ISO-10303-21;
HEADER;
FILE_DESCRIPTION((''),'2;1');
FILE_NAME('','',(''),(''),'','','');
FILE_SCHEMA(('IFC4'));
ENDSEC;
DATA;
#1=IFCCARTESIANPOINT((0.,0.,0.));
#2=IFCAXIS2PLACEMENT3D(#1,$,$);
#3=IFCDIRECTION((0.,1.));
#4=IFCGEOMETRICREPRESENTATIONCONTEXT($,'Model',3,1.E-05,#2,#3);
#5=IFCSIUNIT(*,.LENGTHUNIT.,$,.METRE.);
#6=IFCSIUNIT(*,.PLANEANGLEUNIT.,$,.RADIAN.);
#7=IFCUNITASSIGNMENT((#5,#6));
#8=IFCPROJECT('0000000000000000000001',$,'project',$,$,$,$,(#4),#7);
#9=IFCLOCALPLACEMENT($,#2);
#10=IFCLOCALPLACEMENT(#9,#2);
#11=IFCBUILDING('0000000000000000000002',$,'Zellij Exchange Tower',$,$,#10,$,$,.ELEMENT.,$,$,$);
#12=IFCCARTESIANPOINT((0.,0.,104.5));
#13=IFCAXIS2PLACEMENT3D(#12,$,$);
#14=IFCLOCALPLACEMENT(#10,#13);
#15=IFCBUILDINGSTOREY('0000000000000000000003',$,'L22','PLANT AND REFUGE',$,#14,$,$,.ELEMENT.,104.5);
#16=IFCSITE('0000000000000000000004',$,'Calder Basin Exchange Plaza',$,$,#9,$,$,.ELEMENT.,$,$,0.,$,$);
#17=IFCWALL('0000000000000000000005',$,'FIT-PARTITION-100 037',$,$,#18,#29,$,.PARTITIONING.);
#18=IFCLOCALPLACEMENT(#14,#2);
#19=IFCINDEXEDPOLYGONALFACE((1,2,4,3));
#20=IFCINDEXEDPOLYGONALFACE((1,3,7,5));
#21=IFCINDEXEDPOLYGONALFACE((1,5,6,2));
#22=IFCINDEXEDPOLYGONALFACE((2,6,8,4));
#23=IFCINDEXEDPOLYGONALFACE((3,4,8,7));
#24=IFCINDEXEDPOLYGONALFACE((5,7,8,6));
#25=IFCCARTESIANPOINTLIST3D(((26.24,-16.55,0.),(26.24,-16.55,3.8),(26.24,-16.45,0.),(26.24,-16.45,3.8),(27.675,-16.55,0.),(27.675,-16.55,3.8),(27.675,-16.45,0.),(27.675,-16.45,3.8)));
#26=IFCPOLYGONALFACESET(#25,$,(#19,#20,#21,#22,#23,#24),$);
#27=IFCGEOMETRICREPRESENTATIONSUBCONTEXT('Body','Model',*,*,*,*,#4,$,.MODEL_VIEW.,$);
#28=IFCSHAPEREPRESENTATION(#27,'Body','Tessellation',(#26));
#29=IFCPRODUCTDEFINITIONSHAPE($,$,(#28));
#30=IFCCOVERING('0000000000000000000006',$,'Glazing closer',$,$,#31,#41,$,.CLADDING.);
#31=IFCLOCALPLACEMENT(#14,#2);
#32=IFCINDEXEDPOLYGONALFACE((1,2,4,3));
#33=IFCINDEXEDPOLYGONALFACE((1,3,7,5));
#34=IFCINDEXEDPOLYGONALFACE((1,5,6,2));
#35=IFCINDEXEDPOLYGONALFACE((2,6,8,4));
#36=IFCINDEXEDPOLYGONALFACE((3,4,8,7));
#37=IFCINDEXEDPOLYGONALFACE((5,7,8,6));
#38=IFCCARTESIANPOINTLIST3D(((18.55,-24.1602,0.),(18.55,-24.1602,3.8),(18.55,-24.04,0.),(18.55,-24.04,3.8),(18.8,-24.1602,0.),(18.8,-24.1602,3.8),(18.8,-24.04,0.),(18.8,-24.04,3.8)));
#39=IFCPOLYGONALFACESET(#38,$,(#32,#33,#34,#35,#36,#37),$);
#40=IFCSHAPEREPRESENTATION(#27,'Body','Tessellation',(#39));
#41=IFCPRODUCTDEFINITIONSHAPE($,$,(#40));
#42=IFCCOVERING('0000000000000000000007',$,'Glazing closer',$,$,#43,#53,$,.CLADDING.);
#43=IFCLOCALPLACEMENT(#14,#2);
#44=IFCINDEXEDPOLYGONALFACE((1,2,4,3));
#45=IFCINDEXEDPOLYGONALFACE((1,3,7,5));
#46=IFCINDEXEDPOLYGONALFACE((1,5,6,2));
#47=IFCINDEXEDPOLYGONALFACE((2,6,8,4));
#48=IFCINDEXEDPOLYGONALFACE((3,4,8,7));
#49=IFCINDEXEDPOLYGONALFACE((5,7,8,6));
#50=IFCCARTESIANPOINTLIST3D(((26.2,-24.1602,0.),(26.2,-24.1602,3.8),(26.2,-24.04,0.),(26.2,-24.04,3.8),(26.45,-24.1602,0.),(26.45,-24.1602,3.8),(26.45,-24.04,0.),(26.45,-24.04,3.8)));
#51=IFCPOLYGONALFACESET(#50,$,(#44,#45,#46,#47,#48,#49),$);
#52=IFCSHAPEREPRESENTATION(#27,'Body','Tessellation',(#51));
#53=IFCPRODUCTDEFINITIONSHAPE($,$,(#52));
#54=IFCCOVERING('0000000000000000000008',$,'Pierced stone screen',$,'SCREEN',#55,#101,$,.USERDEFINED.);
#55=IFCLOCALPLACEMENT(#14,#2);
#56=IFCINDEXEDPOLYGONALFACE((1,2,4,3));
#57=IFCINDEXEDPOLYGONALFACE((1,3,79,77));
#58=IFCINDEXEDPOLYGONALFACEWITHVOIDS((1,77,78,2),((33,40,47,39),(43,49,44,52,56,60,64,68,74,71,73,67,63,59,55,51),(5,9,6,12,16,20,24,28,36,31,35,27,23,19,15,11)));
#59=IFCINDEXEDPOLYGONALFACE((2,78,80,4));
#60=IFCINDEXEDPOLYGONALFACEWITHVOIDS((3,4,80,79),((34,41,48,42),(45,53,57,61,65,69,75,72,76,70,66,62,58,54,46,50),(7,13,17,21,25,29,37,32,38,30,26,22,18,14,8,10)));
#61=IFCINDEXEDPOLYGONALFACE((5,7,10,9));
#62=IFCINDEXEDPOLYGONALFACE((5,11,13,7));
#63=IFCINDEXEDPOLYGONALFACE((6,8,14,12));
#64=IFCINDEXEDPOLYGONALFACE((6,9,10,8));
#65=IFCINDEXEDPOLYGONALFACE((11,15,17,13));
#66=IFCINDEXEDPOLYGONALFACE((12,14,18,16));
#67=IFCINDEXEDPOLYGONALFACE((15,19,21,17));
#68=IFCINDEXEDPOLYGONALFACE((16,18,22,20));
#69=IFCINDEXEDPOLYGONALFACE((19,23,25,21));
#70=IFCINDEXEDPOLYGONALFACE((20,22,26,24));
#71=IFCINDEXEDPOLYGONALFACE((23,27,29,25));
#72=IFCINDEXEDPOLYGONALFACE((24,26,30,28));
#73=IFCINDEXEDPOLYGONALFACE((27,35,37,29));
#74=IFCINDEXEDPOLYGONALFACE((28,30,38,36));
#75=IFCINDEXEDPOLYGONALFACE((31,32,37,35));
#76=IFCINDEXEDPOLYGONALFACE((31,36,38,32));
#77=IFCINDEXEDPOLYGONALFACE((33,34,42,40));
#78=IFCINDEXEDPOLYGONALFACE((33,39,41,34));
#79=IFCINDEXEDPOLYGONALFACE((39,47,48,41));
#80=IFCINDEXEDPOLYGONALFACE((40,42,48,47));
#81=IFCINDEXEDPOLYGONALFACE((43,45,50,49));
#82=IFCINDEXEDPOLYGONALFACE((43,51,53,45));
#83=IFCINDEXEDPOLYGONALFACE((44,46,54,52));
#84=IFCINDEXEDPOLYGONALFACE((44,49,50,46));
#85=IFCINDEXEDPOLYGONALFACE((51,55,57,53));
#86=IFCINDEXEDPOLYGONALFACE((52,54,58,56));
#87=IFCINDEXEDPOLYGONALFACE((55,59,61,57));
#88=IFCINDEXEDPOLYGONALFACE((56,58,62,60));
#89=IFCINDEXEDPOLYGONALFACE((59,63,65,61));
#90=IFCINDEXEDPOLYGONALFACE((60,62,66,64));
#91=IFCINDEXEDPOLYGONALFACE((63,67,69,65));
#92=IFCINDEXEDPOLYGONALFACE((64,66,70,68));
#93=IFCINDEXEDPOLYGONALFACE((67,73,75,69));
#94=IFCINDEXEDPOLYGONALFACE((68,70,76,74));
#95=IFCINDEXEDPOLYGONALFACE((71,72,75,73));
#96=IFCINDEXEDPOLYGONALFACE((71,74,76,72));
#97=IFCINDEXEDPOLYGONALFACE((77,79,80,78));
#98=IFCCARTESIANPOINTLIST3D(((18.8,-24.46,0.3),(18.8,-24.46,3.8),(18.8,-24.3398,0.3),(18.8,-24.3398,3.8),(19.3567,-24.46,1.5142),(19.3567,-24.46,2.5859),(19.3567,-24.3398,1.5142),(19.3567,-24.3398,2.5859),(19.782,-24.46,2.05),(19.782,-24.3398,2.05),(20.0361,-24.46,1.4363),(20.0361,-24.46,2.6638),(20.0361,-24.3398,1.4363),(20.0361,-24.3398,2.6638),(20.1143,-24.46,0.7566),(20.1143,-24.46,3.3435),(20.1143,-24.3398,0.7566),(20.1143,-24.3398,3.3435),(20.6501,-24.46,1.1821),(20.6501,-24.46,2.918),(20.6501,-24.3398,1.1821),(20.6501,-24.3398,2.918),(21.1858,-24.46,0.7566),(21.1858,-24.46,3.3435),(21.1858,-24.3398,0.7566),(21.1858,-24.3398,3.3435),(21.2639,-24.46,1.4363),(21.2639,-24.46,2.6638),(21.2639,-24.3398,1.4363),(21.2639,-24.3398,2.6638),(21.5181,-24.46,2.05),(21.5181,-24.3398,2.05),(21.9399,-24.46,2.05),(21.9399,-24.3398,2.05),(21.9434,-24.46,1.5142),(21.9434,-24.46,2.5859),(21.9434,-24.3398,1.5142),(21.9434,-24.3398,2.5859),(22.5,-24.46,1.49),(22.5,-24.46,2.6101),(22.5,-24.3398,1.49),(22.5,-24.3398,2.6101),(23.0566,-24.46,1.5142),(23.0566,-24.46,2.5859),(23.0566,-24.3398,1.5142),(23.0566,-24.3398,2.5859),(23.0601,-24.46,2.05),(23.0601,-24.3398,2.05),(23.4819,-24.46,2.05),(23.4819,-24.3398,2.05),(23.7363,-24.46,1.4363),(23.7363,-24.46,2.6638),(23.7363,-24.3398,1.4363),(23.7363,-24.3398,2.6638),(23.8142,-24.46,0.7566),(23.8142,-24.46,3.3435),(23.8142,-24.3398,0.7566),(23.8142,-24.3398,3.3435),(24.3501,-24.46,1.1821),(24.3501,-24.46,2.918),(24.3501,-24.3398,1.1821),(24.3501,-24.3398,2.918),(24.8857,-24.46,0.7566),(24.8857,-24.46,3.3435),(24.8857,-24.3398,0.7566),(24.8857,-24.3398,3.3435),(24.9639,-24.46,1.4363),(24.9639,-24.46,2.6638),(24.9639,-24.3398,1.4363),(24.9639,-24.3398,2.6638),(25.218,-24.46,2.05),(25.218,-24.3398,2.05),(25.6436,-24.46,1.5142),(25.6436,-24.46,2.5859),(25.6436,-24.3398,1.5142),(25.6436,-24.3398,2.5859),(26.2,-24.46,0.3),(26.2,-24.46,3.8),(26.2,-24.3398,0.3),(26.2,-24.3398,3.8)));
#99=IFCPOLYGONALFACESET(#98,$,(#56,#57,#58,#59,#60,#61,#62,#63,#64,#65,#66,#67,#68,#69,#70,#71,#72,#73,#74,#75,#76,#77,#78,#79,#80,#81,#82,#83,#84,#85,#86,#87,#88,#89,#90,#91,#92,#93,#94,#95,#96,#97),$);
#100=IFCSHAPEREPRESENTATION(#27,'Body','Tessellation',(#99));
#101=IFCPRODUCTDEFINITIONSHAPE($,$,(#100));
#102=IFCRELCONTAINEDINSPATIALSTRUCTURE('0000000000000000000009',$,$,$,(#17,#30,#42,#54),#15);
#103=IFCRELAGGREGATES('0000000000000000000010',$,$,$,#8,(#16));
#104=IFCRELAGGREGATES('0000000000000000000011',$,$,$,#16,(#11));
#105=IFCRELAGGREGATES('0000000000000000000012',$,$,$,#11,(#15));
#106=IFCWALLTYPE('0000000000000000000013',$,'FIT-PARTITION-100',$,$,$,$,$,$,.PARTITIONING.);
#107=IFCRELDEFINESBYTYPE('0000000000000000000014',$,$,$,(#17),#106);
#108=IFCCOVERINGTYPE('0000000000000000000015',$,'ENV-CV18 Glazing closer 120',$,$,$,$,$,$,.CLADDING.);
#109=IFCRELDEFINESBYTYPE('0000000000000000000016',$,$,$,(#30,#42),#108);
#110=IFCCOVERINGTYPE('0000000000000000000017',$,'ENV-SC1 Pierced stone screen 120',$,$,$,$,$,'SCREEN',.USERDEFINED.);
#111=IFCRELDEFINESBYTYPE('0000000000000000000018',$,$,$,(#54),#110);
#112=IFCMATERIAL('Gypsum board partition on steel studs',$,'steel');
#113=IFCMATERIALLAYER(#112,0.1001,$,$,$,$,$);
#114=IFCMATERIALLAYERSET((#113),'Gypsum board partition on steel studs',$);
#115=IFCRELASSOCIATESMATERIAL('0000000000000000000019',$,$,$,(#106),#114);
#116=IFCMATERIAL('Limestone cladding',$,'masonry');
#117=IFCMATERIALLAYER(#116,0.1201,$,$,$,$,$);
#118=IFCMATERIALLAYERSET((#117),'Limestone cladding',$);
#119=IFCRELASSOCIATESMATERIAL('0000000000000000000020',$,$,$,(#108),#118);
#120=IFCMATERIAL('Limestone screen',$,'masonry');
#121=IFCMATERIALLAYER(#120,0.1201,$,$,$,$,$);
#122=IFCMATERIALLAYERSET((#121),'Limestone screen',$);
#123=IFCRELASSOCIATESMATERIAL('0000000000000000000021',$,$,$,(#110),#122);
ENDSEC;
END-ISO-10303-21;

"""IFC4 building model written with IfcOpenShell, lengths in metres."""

from ifc_helpers import new_model, si_unit, direction, frame, frame_2d, origin, origin_2d, place, context, subcontext, project, spatial, polyline, rectangle, outline, extrude, material, layer, layer_set, type_object, element, save


model = new_model("IFC4")

# Units and contexts
model_context = context("Model", 3, precision=1e-05, world=origin(), true_north=direction((0.0, 1.0)))
body_context = subcontext(model_context, "Body", "Model", "MODEL_VIEW")
ifc_project = project(units=[si_unit("LENGTHUNIT", "METRE"), si_unit("PLANEANGLEUNIT", "RADIAN")], contexts=[model_context])

# Site, building, storey
site_placement = place(None, origin())
site = spatial("IfcSite", under=ifc_project, at=site_placement, Name="Calder Basin Exchange Plaza", CompositionType="ELEMENT", RefElevation=0.0)
building_placement = place(site_placement, origin())
building = spatial("IfcBuilding", under=site, at=building_placement, Name="Zellij Exchange Tower", CompositionType="ELEMENT")
storey_placement = place(building_placement, frame((0.0, 0.0, 104.5)))
storey = spatial("IfcBuildingStorey", under=building, at=storey_placement, Name="L22", Description="PLANT AND REFUGE", CompositionType="ELEMENT", Elevation=104.5)

# Wall
ifc_material_1 = material(Name="Gypsum board partition on steel studs", Category="steel")
ifc_layer_1 = layer(ifc_material_1, 0.1001)
ifc_layer_set_1 = layer_set([ifc_layer_1], Name="Gypsum board partition on steel studs")
wall_type_1 = type_object("IfcWallType", Name="FIT-PARTITION-100", PredefinedType="PARTITIONING", material=ifc_layer_set_1)
wall_1_placement = place(storey_placement, frame((26.24, -16.5, 0.0), z_axis=(0.0, 0.0, 1.0), x_axis=(1.0, 0.0, 0.0)))
element("IfcWall", 1, at=wall_1_placement, inside=storey, type_object=wall_type_1, Name="FIT-PARTITION-100 037", PredefinedType="PARTITIONING", context=body_context, shape_type="SweptSolid", body=[
    extrude(rectangle(XDim=1.4351, YDim=0.1001, at=frame_2d((0.7175, 0.0))), origin(), (0.0, 0.0, 1.0), 3.8),
])

# Coverings
ifc_material_2 = material(Name="Limestone cladding", Category="masonry")
ifc_layer_2 = layer(ifc_material_2, 0.1201)
ifc_layer_set_2 = layer_set([ifc_layer_2], Name="Limestone cladding")
covering_type_1 = type_object("IfcCoveringType", Name="ENV-CV18 Glazing closer 120", PredefinedType="CLADDING", material=ifc_layer_set_2)
for number, where, z_axis, x_axis, name in (
    (2, (18.675, -24.1001, 0.0), (0.0, 0.0, 1.0), (-1.0, 0.0, 0.0), "Glazing closer"),
    (3, (26.325, -24.1001, 0.0), (0.0, 0.0, 1.0), (1.0, 0.0, 0.0), "Glazing closer"),
):
    element("IfcCovering", number, at=place(storey_placement, frame(where, z_axis=z_axis, x_axis=x_axis)), inside=storey, type_object=covering_type_1, Name=name, PredefinedType="CLADDING", context=body_context, shape_type="SweptSolid", body=[
        extrude(rectangle(XDim=0.25, YDim=0.1201, at=origin_2d()), origin(), (0.0, 0.0, 1.0), 3.8),
    ])
ifc_material_3 = material(Name="Limestone screen", Category="masonry")
ifc_layer_3 = layer(ifc_material_3, 0.1201)
ifc_layer_set_3 = layer_set([ifc_layer_3], Name="Limestone screen")
covering_type_2 = type_object("IfcCoveringType", Name="ENV-SC1 Pierced stone screen 120", ElementType="SCREEN", PredefinedType="USERDEFINED", material=ifc_layer_set_3)
covering_placement = place(storey_placement, frame((18.8, -24.3999, 0.3), z_axis=(0.0, 0.0, 1.0), x_axis=(1.0, 0.0, 0.0)))
element("IfcCovering", 4, at=covering_placement, inside=storey, type_object=covering_type_2, Name="Pierced stone screen", ObjectType="SCREEN", PredefinedType="USERDEFINED", context=body_context, shape_type="SweptSolid", body=[
    extrude(outline(polyline([(0.0, 0.0), (7.3999, 0.0), (7.3999, 3.5), (0.0, 3.5), (0.0, 0.0)]), holes=[polyline([(3.1433, 2.2859), (2.4639, 2.3638), (2.3857, 3.0435), (1.8501, 2.6179), (1.3142, 3.0435), (1.2361, 2.3638), (0.5566, 2.2859), (0.9819, 1.75), (0.5566, 1.2141), (1.2361, 1.1362), (1.3142, 0.4565), (1.8501, 0.8821), (2.3857, 0.4565), (2.4639, 1.1362), (3.1433, 1.2141), (2.718, 1.75), (3.1433, 2.2859)]), polyline([(6.8435, 2.2859), (6.1638, 2.3638), (6.0857, 3.0435), (5.55, 2.6179), (5.0142, 3.0435), (4.9363, 2.3638), (4.2566, 2.2859), (4.6819, 1.75), (4.2566, 1.2141), (4.9363, 1.1362), (5.0142, 0.4565), (5.55, 0.8821), (6.0857, 0.4565), (6.1638, 1.1362), (6.8435, 1.2141), (6.418, 1.75), (6.8435, 2.2859)]), polyline([(4.26, 1.75), (3.7, 2.3101), (3.1399, 1.75), (3.7, 1.1899), (4.26, 1.75)])]), frame((0.0, 0.0601, 0.0), z_axis=(0.0, -1.0, 0.0), x_axis=(1.0, 0.0, 0.0)), (0.0, 0.0, 1.0), 0.1201),
])

save(model, "model.ifc")
